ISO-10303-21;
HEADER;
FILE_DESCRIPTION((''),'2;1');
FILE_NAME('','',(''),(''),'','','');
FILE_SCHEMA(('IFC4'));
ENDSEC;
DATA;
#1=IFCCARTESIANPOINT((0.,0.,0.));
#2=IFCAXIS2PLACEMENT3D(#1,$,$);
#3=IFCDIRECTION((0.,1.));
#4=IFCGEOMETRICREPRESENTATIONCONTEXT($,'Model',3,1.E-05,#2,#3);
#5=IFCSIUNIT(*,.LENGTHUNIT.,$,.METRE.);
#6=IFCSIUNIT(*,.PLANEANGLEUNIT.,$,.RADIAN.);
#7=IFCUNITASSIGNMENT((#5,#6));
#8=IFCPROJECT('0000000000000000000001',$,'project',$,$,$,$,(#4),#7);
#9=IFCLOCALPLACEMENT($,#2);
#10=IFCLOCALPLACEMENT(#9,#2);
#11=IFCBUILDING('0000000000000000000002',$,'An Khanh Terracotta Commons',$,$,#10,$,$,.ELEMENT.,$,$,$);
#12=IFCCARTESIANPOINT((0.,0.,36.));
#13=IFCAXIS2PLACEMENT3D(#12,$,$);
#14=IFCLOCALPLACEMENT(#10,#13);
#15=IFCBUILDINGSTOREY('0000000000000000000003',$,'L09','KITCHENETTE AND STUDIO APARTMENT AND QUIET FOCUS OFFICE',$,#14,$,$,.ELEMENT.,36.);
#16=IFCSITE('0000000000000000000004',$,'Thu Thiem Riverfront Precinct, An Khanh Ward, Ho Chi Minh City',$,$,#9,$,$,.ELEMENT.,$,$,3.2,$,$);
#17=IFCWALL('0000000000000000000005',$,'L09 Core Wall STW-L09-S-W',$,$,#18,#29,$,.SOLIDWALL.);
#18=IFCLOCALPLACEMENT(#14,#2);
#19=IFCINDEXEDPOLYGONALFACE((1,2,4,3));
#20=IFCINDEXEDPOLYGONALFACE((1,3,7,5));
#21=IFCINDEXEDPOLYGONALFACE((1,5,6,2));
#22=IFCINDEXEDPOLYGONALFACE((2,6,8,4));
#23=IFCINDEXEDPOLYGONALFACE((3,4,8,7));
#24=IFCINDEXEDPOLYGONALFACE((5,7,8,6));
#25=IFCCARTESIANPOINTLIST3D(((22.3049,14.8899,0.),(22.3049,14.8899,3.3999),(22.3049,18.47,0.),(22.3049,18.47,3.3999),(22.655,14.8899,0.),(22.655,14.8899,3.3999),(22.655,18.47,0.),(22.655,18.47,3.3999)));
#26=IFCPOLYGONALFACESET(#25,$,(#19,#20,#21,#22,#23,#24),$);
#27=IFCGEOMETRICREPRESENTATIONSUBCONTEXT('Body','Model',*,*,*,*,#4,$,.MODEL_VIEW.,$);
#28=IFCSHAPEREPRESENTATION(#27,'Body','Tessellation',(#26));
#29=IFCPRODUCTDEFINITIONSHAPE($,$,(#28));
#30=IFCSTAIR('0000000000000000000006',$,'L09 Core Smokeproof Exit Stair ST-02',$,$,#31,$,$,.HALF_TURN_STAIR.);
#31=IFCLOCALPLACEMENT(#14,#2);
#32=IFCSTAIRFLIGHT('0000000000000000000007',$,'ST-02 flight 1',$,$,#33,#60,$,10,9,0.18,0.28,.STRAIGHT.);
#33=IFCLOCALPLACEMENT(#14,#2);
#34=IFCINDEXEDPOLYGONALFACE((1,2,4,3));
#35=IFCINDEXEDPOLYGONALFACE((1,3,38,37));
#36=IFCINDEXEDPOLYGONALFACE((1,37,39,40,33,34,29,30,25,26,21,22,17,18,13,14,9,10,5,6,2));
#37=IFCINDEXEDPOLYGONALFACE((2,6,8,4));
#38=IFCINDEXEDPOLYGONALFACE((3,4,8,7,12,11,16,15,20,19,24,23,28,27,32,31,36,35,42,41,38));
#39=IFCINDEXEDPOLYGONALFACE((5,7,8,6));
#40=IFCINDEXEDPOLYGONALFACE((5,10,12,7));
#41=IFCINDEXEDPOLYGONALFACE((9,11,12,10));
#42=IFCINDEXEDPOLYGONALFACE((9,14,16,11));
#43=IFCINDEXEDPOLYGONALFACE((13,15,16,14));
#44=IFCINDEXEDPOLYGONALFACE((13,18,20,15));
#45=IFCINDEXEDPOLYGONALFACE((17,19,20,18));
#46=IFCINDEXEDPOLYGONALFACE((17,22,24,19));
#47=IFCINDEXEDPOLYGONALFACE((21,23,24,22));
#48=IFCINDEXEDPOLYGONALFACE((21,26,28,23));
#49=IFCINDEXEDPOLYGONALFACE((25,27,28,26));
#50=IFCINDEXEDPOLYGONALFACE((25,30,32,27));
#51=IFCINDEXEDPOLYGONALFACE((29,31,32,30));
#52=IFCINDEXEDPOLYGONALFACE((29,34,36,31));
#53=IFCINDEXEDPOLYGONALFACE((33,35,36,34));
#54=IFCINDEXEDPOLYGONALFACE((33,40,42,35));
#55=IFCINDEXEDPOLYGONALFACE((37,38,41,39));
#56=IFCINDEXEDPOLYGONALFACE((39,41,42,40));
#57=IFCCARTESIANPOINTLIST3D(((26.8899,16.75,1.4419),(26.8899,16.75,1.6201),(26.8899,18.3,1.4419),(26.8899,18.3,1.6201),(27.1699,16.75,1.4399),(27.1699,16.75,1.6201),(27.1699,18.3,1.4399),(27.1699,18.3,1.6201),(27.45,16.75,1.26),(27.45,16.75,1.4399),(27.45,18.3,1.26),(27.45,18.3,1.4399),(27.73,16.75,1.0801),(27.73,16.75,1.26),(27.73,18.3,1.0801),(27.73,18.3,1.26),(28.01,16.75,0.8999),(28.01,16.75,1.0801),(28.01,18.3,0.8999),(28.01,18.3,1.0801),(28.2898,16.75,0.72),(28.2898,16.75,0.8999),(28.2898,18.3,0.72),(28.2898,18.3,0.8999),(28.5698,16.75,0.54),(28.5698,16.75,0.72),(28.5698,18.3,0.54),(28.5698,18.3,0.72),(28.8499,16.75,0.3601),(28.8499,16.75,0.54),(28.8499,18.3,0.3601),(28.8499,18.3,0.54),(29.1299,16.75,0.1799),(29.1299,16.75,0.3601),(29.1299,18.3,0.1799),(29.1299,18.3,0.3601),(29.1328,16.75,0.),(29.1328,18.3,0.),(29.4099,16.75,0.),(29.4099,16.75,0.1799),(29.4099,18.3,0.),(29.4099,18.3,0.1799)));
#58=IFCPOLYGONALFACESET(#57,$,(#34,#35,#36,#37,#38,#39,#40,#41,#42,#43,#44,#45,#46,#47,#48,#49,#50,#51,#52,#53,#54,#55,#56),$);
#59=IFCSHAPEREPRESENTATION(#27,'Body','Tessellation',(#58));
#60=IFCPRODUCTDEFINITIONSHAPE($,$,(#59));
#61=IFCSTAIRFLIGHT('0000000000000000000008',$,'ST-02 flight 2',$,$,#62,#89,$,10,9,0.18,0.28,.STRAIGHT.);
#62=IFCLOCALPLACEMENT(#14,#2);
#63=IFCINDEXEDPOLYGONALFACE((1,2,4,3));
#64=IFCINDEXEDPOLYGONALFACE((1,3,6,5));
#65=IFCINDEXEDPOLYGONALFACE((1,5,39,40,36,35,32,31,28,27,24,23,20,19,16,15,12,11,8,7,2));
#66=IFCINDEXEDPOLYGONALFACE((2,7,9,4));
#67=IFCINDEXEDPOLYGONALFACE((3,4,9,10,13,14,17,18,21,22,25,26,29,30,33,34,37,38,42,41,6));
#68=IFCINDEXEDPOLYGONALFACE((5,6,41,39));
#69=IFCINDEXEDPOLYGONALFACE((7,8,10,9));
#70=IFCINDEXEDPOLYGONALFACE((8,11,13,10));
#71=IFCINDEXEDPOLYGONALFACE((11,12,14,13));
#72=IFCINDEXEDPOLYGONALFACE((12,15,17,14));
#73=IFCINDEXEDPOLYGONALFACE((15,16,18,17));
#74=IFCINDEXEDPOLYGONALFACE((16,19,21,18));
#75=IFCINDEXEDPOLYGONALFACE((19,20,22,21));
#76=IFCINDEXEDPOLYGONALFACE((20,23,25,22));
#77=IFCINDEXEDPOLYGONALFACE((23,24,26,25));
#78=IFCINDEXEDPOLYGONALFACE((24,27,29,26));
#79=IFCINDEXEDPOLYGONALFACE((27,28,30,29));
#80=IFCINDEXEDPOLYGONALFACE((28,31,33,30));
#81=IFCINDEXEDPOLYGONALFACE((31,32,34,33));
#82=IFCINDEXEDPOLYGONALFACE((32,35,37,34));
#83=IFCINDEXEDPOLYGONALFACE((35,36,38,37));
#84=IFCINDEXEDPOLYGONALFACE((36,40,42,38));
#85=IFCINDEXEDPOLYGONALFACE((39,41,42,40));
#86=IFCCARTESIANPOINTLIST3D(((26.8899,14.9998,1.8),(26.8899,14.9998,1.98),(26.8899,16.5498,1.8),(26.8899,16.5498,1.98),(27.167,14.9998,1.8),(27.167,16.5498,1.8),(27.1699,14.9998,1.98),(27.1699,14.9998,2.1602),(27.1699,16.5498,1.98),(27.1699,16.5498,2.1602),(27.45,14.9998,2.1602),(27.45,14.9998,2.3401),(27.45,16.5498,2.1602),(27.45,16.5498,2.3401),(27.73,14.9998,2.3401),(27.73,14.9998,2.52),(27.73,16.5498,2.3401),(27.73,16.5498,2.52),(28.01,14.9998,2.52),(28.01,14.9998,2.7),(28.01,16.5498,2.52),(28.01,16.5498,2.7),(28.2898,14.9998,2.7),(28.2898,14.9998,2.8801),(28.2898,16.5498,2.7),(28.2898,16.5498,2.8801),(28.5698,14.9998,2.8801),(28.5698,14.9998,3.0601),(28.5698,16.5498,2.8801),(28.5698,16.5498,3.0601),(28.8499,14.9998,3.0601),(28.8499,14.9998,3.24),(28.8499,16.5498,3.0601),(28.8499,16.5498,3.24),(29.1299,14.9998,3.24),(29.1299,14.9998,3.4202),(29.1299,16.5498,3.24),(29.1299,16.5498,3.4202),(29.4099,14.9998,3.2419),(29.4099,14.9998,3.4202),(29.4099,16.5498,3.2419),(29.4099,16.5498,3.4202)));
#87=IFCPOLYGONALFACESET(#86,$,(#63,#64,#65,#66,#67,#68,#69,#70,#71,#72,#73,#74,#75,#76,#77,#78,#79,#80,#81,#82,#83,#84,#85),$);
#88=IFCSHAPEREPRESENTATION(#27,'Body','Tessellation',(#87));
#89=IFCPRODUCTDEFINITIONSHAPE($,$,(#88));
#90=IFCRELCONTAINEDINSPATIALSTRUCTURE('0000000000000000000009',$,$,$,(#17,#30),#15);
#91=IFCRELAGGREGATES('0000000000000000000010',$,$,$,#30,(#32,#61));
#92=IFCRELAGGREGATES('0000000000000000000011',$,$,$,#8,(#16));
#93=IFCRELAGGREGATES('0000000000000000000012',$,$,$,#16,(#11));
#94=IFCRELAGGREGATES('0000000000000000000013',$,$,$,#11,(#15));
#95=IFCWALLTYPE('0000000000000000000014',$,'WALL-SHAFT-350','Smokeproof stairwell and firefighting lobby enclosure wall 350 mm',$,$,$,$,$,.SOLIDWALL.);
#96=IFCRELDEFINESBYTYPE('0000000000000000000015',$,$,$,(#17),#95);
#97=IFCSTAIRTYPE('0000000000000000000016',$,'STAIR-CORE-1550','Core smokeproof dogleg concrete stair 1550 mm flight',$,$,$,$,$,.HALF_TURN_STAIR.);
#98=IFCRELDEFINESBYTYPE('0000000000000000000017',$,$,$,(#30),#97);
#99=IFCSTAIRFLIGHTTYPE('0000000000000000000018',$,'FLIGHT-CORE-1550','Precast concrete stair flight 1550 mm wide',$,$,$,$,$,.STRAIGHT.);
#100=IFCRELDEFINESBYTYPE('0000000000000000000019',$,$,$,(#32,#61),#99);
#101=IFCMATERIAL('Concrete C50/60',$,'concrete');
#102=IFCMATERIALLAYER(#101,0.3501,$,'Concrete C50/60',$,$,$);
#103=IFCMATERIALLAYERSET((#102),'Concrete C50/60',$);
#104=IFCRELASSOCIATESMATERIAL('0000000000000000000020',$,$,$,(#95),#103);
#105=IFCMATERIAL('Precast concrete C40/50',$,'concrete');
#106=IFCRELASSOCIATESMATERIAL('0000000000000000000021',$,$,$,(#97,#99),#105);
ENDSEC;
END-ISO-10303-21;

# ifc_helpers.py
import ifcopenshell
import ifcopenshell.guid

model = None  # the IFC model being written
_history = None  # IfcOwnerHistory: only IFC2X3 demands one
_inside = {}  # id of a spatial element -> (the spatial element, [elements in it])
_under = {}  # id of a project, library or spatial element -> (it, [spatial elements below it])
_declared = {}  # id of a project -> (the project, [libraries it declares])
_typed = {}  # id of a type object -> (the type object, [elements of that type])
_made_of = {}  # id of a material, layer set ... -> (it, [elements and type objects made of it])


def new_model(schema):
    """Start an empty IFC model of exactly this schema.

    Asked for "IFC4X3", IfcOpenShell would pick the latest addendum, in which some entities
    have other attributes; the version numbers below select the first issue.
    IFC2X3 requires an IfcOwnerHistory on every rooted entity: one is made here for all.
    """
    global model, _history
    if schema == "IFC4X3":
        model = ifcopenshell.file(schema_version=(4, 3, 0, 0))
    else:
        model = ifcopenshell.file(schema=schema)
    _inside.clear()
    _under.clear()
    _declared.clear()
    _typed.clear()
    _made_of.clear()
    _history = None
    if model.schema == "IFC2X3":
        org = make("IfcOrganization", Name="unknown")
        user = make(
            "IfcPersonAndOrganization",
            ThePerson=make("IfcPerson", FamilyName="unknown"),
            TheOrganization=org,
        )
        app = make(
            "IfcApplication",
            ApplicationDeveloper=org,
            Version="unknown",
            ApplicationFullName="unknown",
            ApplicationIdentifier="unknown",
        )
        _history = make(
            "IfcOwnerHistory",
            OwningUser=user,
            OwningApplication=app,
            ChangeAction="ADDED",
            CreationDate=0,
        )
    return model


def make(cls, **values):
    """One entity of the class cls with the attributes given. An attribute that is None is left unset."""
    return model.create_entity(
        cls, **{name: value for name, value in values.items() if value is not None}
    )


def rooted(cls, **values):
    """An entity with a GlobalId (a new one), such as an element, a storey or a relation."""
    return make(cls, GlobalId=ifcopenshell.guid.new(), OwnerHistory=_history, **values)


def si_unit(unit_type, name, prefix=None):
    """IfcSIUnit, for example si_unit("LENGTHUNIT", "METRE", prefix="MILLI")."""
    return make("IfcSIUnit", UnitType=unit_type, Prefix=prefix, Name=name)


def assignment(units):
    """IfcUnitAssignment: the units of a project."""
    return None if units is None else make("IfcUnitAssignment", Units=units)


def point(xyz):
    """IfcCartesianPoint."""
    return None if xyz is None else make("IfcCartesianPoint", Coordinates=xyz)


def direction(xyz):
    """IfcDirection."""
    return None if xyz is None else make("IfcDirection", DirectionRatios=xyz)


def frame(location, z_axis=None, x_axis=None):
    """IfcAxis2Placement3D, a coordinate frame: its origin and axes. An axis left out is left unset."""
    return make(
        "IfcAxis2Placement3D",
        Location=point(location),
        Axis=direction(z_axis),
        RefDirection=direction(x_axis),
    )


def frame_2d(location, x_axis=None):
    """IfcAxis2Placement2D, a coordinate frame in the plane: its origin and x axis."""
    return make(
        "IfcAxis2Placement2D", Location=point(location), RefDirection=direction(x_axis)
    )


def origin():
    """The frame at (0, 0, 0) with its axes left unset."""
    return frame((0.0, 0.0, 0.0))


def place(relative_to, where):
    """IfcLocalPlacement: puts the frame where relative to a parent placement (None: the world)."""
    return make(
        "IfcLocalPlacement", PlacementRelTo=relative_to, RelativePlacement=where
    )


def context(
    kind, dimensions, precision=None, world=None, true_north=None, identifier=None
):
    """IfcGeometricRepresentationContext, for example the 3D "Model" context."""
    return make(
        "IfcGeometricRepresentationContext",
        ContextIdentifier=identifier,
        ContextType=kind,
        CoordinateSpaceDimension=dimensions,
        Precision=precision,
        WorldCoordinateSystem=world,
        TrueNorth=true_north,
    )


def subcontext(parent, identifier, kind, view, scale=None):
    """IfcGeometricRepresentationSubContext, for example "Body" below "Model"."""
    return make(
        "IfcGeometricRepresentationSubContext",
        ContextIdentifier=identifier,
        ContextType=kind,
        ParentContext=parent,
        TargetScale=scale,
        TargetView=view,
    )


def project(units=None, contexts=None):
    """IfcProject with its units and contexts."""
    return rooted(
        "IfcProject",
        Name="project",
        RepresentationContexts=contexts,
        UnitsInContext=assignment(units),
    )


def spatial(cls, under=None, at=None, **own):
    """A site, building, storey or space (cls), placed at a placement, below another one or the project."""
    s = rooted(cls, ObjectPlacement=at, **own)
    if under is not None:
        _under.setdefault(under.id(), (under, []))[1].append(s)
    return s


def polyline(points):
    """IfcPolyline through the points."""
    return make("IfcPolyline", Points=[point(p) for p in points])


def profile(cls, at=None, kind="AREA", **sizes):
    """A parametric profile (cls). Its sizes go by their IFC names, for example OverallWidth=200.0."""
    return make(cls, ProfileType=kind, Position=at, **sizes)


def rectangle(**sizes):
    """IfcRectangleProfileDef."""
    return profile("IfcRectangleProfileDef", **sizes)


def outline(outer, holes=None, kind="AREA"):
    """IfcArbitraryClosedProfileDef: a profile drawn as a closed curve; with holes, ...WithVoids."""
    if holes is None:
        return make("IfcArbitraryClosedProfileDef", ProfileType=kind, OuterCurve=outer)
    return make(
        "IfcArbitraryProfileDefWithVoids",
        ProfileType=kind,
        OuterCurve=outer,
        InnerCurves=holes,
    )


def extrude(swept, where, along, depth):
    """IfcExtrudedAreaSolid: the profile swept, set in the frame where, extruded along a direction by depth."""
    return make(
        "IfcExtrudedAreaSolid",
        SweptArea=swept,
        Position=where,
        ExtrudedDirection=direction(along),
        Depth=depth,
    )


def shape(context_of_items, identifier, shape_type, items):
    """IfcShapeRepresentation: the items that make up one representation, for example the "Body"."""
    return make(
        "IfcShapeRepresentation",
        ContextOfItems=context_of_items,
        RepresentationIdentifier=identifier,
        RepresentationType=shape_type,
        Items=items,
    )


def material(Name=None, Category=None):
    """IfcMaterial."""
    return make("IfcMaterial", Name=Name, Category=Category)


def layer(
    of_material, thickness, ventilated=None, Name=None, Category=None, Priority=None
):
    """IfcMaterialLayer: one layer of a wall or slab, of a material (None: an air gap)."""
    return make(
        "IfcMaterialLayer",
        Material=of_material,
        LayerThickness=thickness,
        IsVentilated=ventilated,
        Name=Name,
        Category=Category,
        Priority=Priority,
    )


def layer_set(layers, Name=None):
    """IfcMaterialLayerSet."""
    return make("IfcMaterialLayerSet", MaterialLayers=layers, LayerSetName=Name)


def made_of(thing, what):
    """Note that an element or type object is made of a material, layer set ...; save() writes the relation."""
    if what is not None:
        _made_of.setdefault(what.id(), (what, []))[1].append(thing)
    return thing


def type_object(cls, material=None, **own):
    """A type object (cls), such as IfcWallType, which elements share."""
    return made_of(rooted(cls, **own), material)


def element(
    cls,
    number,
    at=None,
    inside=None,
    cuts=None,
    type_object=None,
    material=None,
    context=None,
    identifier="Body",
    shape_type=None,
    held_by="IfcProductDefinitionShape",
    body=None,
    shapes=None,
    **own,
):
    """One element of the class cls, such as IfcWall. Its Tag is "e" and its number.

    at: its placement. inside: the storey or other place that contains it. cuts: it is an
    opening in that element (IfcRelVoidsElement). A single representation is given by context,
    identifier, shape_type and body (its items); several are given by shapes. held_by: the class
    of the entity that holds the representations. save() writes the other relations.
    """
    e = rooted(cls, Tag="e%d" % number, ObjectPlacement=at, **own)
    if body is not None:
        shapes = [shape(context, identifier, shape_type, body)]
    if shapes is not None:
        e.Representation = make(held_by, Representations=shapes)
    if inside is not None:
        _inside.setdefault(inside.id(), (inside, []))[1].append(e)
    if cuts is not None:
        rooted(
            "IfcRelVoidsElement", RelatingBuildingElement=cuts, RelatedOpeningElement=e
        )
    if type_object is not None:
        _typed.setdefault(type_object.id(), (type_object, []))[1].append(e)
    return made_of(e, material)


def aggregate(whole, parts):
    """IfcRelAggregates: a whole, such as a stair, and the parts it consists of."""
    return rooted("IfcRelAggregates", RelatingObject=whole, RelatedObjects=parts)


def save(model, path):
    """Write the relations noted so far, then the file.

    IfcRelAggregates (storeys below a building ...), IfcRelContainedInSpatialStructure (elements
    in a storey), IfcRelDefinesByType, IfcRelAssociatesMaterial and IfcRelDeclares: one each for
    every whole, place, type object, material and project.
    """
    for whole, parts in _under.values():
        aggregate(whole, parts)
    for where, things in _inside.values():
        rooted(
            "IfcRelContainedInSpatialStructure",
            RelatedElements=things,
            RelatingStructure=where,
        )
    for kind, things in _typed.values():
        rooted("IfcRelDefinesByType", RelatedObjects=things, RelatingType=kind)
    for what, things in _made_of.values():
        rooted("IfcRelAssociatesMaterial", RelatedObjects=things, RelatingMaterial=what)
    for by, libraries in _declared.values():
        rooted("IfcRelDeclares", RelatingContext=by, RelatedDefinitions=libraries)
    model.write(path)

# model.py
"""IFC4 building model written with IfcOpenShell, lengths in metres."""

from ifc_helpers import new_model, si_unit, direction, frame, frame_2d, origin, place, context, subcontext, project, spatial, polyline, rectangle, outline, extrude, material, layer, layer_set, type_object, element, aggregate, save


model = new_model("IFC4")

# Units and contexts
model_context = context("Model", 3, precision=1e-05, world=origin(), true_north=direction((0.0, 1.0)))
body_context = subcontext(model_context, "Body", "Model", "MODEL_VIEW")
ifc_project = project(units=[si_unit("LENGTHUNIT", "METRE"), si_unit("PLANEANGLEUNIT", "RADIAN")], contexts=[model_context])

# Site, building, storey
site_placement = place(None, origin())
site = spatial("IfcSite", under=ifc_project, at=site_placement, Name="Thu Thiem Riverfront Precinct, An Khanh Ward, Ho Chi Minh City", CompositionType="ELEMENT", RefElevation=3.2)
building_placement = place(site_placement, origin())
building = spatial("IfcBuilding", under=site, at=building_placement, Name="An Khanh Terracotta Commons", CompositionType="ELEMENT")
storey_placement = place(building_placement, frame((0.0, 0.0, 36.0)))
storey = spatial("IfcBuildingStorey", under=building, at=storey_placement, Name="L09", Description="KITCHENETTE AND STUDIO APARTMENT AND QUIET FOCUS OFFICE", CompositionType="ELEMENT", Elevation=36.0)

# Wall
ifc_material_1 = material(Name="Concrete C50/60", Category="concrete")
ifc_layer_1 = layer(ifc_material_1, 0.3501, Name="Concrete C50/60")
ifc_layer_set_1 = layer_set([ifc_layer_1], Name="Concrete C50/60")
wall_type_1 = type_object("IfcWallType", Name="WALL-SHAFT-350", Description="Smokeproof stairwell and firefighting lobby enclosure wall 350 mm", PredefinedType="SOLIDWALL", material=ifc_layer_set_1)
wall_1_placement = place(storey_placement, frame((22.48, 14.8899, 0.0), z_axis=(0.0, 0.0, 1.0), x_axis=(0.0, 1.0, 0.0)))
element("IfcWall", 1, at=wall_1_placement, inside=storey, type_object=wall_type_1, Name="L09 Core Wall STW-L09-S-W", PredefinedType="SOLIDWALL", context=body_context, shape_type="SweptSolid", body=[
    extrude(rectangle(XDim=3.5801, YDim=0.3501, at=frame_2d((1.79, 0.0))), origin(), (0.0, 0.0, 1.0), 3.3999),
])

# Stair, stair flights
ifc_material_2 = material(Name="Precast concrete C40/50", Category="concrete")
stair_type = type_object("IfcStairType", Name="STAIR-CORE-1550", Description="Core smokeproof dogleg concrete stair 1550 mm flight", PredefinedType="HALF_TURN_STAIR", material=ifc_material_2)
stair_placement = place(storey_placement, origin())
stair = element("IfcStair", 2, at=stair_placement, inside=storey, type_object=stair_type, Name="L09 Core Smokeproof Exit Stair ST-02", PredefinedType="HALF_TURN_STAIR")
stair_flight_type = type_object("IfcStairFlightType", Name="FLIGHT-CORE-1550", Description="Precast concrete stair flight 1550 mm wide", PredefinedType="STRAIGHT", material=ifc_material_2)
stair_flight_1_placement = place(storey_placement, frame((29.4099, 17.5249, 0.0), z_axis=(0.0, 0.0, 1.0), x_axis=(-1.0, 0.0, 0.0)))
stair_flight_1 = element("IfcStairFlight", 3, at=stair_flight_1_placement, type_object=stair_flight_type, Name="ST-02 flight 1", NumberOfRisers=10, NumberOfTreads=9, PredefinedType="STRAIGHT", RiserHeight=0.18, TreadLength=0.28, context=body_context, shape_type="SweptSolid", body=[
    extrude(outline(polyline([(0.0, 0.0), (0.0, 0.1799), (0.28, 0.1799), (0.28, 0.3601), (0.5601, 0.3601), (0.5601, 0.54), (0.8401, 0.54), (0.8401, 0.72), (1.1201, 0.72), (1.1201, 0.8999), (1.3999, 0.8999), (1.3999, 1.0801), (1.6799, 1.0801), (1.6799, 1.26), (1.96, 1.26), (1.96, 1.4399), (2.24, 1.4399), (2.24, 1.6201), (2.52, 1.6201), (2.52, 1.8), (2.52, 1.4419), (0.2771, 0.0), (0.0, 0.0)])), frame((0.0, 0.7749, 0.0), z_axis=(0.0, -1.0, 0.0), x_axis=(1.0, 0.0, 0.0)), (0.0, 0.0, 1.0), 1.55),
])
stair_flight_2_placement = place(storey_placement, frame((26.8899, 15.7749, 1.8), z_axis=(0.0, 0.0, 1.0), x_axis=(1.0, 0.0, 0.0)))
stair_flight_2 = element("IfcStairFlight", 4, at=stair_flight_2_placement, type_object=stair_flight_type, Name="ST-02 flight 2", NumberOfRisers=10, NumberOfTreads=9, PredefinedType="STRAIGHT", RiserHeight=0.18, TreadLength=0.28, context=body_context, shape_type="SweptSolid", body=[
    extrude(outline(polyline([(0.0, 0.0), (0.0, 0.1799), (0.28, 0.1799), (0.28, 0.3601), (0.5601, 0.3601), (0.5601, 0.54), (0.8401, 0.54), (0.8401, 0.72), (1.1201, 0.72), (1.1201, 0.8999), (1.3999, 0.8999), (1.3999, 1.0801), (1.6799, 1.0801), (1.6799, 1.26), (1.96, 1.26), (1.96, 1.4399), (2.24, 1.4399), (2.24, 1.6201), (2.52, 1.6201), (2.52, 1.8), (2.52, 1.4419), (0.2771, 0.0), (0.0, 0.0)])), frame((0.0, 0.7749, 0.0), z_axis=(0.0, -1.0, 0.0), x_axis=(1.0, 0.0, 0.0)), (0.0, 0.0, 1.0), 1.55),
])
aggregate(stair, [stair_flight_1, stair_flight_2])

save(model, "model.ifc")
